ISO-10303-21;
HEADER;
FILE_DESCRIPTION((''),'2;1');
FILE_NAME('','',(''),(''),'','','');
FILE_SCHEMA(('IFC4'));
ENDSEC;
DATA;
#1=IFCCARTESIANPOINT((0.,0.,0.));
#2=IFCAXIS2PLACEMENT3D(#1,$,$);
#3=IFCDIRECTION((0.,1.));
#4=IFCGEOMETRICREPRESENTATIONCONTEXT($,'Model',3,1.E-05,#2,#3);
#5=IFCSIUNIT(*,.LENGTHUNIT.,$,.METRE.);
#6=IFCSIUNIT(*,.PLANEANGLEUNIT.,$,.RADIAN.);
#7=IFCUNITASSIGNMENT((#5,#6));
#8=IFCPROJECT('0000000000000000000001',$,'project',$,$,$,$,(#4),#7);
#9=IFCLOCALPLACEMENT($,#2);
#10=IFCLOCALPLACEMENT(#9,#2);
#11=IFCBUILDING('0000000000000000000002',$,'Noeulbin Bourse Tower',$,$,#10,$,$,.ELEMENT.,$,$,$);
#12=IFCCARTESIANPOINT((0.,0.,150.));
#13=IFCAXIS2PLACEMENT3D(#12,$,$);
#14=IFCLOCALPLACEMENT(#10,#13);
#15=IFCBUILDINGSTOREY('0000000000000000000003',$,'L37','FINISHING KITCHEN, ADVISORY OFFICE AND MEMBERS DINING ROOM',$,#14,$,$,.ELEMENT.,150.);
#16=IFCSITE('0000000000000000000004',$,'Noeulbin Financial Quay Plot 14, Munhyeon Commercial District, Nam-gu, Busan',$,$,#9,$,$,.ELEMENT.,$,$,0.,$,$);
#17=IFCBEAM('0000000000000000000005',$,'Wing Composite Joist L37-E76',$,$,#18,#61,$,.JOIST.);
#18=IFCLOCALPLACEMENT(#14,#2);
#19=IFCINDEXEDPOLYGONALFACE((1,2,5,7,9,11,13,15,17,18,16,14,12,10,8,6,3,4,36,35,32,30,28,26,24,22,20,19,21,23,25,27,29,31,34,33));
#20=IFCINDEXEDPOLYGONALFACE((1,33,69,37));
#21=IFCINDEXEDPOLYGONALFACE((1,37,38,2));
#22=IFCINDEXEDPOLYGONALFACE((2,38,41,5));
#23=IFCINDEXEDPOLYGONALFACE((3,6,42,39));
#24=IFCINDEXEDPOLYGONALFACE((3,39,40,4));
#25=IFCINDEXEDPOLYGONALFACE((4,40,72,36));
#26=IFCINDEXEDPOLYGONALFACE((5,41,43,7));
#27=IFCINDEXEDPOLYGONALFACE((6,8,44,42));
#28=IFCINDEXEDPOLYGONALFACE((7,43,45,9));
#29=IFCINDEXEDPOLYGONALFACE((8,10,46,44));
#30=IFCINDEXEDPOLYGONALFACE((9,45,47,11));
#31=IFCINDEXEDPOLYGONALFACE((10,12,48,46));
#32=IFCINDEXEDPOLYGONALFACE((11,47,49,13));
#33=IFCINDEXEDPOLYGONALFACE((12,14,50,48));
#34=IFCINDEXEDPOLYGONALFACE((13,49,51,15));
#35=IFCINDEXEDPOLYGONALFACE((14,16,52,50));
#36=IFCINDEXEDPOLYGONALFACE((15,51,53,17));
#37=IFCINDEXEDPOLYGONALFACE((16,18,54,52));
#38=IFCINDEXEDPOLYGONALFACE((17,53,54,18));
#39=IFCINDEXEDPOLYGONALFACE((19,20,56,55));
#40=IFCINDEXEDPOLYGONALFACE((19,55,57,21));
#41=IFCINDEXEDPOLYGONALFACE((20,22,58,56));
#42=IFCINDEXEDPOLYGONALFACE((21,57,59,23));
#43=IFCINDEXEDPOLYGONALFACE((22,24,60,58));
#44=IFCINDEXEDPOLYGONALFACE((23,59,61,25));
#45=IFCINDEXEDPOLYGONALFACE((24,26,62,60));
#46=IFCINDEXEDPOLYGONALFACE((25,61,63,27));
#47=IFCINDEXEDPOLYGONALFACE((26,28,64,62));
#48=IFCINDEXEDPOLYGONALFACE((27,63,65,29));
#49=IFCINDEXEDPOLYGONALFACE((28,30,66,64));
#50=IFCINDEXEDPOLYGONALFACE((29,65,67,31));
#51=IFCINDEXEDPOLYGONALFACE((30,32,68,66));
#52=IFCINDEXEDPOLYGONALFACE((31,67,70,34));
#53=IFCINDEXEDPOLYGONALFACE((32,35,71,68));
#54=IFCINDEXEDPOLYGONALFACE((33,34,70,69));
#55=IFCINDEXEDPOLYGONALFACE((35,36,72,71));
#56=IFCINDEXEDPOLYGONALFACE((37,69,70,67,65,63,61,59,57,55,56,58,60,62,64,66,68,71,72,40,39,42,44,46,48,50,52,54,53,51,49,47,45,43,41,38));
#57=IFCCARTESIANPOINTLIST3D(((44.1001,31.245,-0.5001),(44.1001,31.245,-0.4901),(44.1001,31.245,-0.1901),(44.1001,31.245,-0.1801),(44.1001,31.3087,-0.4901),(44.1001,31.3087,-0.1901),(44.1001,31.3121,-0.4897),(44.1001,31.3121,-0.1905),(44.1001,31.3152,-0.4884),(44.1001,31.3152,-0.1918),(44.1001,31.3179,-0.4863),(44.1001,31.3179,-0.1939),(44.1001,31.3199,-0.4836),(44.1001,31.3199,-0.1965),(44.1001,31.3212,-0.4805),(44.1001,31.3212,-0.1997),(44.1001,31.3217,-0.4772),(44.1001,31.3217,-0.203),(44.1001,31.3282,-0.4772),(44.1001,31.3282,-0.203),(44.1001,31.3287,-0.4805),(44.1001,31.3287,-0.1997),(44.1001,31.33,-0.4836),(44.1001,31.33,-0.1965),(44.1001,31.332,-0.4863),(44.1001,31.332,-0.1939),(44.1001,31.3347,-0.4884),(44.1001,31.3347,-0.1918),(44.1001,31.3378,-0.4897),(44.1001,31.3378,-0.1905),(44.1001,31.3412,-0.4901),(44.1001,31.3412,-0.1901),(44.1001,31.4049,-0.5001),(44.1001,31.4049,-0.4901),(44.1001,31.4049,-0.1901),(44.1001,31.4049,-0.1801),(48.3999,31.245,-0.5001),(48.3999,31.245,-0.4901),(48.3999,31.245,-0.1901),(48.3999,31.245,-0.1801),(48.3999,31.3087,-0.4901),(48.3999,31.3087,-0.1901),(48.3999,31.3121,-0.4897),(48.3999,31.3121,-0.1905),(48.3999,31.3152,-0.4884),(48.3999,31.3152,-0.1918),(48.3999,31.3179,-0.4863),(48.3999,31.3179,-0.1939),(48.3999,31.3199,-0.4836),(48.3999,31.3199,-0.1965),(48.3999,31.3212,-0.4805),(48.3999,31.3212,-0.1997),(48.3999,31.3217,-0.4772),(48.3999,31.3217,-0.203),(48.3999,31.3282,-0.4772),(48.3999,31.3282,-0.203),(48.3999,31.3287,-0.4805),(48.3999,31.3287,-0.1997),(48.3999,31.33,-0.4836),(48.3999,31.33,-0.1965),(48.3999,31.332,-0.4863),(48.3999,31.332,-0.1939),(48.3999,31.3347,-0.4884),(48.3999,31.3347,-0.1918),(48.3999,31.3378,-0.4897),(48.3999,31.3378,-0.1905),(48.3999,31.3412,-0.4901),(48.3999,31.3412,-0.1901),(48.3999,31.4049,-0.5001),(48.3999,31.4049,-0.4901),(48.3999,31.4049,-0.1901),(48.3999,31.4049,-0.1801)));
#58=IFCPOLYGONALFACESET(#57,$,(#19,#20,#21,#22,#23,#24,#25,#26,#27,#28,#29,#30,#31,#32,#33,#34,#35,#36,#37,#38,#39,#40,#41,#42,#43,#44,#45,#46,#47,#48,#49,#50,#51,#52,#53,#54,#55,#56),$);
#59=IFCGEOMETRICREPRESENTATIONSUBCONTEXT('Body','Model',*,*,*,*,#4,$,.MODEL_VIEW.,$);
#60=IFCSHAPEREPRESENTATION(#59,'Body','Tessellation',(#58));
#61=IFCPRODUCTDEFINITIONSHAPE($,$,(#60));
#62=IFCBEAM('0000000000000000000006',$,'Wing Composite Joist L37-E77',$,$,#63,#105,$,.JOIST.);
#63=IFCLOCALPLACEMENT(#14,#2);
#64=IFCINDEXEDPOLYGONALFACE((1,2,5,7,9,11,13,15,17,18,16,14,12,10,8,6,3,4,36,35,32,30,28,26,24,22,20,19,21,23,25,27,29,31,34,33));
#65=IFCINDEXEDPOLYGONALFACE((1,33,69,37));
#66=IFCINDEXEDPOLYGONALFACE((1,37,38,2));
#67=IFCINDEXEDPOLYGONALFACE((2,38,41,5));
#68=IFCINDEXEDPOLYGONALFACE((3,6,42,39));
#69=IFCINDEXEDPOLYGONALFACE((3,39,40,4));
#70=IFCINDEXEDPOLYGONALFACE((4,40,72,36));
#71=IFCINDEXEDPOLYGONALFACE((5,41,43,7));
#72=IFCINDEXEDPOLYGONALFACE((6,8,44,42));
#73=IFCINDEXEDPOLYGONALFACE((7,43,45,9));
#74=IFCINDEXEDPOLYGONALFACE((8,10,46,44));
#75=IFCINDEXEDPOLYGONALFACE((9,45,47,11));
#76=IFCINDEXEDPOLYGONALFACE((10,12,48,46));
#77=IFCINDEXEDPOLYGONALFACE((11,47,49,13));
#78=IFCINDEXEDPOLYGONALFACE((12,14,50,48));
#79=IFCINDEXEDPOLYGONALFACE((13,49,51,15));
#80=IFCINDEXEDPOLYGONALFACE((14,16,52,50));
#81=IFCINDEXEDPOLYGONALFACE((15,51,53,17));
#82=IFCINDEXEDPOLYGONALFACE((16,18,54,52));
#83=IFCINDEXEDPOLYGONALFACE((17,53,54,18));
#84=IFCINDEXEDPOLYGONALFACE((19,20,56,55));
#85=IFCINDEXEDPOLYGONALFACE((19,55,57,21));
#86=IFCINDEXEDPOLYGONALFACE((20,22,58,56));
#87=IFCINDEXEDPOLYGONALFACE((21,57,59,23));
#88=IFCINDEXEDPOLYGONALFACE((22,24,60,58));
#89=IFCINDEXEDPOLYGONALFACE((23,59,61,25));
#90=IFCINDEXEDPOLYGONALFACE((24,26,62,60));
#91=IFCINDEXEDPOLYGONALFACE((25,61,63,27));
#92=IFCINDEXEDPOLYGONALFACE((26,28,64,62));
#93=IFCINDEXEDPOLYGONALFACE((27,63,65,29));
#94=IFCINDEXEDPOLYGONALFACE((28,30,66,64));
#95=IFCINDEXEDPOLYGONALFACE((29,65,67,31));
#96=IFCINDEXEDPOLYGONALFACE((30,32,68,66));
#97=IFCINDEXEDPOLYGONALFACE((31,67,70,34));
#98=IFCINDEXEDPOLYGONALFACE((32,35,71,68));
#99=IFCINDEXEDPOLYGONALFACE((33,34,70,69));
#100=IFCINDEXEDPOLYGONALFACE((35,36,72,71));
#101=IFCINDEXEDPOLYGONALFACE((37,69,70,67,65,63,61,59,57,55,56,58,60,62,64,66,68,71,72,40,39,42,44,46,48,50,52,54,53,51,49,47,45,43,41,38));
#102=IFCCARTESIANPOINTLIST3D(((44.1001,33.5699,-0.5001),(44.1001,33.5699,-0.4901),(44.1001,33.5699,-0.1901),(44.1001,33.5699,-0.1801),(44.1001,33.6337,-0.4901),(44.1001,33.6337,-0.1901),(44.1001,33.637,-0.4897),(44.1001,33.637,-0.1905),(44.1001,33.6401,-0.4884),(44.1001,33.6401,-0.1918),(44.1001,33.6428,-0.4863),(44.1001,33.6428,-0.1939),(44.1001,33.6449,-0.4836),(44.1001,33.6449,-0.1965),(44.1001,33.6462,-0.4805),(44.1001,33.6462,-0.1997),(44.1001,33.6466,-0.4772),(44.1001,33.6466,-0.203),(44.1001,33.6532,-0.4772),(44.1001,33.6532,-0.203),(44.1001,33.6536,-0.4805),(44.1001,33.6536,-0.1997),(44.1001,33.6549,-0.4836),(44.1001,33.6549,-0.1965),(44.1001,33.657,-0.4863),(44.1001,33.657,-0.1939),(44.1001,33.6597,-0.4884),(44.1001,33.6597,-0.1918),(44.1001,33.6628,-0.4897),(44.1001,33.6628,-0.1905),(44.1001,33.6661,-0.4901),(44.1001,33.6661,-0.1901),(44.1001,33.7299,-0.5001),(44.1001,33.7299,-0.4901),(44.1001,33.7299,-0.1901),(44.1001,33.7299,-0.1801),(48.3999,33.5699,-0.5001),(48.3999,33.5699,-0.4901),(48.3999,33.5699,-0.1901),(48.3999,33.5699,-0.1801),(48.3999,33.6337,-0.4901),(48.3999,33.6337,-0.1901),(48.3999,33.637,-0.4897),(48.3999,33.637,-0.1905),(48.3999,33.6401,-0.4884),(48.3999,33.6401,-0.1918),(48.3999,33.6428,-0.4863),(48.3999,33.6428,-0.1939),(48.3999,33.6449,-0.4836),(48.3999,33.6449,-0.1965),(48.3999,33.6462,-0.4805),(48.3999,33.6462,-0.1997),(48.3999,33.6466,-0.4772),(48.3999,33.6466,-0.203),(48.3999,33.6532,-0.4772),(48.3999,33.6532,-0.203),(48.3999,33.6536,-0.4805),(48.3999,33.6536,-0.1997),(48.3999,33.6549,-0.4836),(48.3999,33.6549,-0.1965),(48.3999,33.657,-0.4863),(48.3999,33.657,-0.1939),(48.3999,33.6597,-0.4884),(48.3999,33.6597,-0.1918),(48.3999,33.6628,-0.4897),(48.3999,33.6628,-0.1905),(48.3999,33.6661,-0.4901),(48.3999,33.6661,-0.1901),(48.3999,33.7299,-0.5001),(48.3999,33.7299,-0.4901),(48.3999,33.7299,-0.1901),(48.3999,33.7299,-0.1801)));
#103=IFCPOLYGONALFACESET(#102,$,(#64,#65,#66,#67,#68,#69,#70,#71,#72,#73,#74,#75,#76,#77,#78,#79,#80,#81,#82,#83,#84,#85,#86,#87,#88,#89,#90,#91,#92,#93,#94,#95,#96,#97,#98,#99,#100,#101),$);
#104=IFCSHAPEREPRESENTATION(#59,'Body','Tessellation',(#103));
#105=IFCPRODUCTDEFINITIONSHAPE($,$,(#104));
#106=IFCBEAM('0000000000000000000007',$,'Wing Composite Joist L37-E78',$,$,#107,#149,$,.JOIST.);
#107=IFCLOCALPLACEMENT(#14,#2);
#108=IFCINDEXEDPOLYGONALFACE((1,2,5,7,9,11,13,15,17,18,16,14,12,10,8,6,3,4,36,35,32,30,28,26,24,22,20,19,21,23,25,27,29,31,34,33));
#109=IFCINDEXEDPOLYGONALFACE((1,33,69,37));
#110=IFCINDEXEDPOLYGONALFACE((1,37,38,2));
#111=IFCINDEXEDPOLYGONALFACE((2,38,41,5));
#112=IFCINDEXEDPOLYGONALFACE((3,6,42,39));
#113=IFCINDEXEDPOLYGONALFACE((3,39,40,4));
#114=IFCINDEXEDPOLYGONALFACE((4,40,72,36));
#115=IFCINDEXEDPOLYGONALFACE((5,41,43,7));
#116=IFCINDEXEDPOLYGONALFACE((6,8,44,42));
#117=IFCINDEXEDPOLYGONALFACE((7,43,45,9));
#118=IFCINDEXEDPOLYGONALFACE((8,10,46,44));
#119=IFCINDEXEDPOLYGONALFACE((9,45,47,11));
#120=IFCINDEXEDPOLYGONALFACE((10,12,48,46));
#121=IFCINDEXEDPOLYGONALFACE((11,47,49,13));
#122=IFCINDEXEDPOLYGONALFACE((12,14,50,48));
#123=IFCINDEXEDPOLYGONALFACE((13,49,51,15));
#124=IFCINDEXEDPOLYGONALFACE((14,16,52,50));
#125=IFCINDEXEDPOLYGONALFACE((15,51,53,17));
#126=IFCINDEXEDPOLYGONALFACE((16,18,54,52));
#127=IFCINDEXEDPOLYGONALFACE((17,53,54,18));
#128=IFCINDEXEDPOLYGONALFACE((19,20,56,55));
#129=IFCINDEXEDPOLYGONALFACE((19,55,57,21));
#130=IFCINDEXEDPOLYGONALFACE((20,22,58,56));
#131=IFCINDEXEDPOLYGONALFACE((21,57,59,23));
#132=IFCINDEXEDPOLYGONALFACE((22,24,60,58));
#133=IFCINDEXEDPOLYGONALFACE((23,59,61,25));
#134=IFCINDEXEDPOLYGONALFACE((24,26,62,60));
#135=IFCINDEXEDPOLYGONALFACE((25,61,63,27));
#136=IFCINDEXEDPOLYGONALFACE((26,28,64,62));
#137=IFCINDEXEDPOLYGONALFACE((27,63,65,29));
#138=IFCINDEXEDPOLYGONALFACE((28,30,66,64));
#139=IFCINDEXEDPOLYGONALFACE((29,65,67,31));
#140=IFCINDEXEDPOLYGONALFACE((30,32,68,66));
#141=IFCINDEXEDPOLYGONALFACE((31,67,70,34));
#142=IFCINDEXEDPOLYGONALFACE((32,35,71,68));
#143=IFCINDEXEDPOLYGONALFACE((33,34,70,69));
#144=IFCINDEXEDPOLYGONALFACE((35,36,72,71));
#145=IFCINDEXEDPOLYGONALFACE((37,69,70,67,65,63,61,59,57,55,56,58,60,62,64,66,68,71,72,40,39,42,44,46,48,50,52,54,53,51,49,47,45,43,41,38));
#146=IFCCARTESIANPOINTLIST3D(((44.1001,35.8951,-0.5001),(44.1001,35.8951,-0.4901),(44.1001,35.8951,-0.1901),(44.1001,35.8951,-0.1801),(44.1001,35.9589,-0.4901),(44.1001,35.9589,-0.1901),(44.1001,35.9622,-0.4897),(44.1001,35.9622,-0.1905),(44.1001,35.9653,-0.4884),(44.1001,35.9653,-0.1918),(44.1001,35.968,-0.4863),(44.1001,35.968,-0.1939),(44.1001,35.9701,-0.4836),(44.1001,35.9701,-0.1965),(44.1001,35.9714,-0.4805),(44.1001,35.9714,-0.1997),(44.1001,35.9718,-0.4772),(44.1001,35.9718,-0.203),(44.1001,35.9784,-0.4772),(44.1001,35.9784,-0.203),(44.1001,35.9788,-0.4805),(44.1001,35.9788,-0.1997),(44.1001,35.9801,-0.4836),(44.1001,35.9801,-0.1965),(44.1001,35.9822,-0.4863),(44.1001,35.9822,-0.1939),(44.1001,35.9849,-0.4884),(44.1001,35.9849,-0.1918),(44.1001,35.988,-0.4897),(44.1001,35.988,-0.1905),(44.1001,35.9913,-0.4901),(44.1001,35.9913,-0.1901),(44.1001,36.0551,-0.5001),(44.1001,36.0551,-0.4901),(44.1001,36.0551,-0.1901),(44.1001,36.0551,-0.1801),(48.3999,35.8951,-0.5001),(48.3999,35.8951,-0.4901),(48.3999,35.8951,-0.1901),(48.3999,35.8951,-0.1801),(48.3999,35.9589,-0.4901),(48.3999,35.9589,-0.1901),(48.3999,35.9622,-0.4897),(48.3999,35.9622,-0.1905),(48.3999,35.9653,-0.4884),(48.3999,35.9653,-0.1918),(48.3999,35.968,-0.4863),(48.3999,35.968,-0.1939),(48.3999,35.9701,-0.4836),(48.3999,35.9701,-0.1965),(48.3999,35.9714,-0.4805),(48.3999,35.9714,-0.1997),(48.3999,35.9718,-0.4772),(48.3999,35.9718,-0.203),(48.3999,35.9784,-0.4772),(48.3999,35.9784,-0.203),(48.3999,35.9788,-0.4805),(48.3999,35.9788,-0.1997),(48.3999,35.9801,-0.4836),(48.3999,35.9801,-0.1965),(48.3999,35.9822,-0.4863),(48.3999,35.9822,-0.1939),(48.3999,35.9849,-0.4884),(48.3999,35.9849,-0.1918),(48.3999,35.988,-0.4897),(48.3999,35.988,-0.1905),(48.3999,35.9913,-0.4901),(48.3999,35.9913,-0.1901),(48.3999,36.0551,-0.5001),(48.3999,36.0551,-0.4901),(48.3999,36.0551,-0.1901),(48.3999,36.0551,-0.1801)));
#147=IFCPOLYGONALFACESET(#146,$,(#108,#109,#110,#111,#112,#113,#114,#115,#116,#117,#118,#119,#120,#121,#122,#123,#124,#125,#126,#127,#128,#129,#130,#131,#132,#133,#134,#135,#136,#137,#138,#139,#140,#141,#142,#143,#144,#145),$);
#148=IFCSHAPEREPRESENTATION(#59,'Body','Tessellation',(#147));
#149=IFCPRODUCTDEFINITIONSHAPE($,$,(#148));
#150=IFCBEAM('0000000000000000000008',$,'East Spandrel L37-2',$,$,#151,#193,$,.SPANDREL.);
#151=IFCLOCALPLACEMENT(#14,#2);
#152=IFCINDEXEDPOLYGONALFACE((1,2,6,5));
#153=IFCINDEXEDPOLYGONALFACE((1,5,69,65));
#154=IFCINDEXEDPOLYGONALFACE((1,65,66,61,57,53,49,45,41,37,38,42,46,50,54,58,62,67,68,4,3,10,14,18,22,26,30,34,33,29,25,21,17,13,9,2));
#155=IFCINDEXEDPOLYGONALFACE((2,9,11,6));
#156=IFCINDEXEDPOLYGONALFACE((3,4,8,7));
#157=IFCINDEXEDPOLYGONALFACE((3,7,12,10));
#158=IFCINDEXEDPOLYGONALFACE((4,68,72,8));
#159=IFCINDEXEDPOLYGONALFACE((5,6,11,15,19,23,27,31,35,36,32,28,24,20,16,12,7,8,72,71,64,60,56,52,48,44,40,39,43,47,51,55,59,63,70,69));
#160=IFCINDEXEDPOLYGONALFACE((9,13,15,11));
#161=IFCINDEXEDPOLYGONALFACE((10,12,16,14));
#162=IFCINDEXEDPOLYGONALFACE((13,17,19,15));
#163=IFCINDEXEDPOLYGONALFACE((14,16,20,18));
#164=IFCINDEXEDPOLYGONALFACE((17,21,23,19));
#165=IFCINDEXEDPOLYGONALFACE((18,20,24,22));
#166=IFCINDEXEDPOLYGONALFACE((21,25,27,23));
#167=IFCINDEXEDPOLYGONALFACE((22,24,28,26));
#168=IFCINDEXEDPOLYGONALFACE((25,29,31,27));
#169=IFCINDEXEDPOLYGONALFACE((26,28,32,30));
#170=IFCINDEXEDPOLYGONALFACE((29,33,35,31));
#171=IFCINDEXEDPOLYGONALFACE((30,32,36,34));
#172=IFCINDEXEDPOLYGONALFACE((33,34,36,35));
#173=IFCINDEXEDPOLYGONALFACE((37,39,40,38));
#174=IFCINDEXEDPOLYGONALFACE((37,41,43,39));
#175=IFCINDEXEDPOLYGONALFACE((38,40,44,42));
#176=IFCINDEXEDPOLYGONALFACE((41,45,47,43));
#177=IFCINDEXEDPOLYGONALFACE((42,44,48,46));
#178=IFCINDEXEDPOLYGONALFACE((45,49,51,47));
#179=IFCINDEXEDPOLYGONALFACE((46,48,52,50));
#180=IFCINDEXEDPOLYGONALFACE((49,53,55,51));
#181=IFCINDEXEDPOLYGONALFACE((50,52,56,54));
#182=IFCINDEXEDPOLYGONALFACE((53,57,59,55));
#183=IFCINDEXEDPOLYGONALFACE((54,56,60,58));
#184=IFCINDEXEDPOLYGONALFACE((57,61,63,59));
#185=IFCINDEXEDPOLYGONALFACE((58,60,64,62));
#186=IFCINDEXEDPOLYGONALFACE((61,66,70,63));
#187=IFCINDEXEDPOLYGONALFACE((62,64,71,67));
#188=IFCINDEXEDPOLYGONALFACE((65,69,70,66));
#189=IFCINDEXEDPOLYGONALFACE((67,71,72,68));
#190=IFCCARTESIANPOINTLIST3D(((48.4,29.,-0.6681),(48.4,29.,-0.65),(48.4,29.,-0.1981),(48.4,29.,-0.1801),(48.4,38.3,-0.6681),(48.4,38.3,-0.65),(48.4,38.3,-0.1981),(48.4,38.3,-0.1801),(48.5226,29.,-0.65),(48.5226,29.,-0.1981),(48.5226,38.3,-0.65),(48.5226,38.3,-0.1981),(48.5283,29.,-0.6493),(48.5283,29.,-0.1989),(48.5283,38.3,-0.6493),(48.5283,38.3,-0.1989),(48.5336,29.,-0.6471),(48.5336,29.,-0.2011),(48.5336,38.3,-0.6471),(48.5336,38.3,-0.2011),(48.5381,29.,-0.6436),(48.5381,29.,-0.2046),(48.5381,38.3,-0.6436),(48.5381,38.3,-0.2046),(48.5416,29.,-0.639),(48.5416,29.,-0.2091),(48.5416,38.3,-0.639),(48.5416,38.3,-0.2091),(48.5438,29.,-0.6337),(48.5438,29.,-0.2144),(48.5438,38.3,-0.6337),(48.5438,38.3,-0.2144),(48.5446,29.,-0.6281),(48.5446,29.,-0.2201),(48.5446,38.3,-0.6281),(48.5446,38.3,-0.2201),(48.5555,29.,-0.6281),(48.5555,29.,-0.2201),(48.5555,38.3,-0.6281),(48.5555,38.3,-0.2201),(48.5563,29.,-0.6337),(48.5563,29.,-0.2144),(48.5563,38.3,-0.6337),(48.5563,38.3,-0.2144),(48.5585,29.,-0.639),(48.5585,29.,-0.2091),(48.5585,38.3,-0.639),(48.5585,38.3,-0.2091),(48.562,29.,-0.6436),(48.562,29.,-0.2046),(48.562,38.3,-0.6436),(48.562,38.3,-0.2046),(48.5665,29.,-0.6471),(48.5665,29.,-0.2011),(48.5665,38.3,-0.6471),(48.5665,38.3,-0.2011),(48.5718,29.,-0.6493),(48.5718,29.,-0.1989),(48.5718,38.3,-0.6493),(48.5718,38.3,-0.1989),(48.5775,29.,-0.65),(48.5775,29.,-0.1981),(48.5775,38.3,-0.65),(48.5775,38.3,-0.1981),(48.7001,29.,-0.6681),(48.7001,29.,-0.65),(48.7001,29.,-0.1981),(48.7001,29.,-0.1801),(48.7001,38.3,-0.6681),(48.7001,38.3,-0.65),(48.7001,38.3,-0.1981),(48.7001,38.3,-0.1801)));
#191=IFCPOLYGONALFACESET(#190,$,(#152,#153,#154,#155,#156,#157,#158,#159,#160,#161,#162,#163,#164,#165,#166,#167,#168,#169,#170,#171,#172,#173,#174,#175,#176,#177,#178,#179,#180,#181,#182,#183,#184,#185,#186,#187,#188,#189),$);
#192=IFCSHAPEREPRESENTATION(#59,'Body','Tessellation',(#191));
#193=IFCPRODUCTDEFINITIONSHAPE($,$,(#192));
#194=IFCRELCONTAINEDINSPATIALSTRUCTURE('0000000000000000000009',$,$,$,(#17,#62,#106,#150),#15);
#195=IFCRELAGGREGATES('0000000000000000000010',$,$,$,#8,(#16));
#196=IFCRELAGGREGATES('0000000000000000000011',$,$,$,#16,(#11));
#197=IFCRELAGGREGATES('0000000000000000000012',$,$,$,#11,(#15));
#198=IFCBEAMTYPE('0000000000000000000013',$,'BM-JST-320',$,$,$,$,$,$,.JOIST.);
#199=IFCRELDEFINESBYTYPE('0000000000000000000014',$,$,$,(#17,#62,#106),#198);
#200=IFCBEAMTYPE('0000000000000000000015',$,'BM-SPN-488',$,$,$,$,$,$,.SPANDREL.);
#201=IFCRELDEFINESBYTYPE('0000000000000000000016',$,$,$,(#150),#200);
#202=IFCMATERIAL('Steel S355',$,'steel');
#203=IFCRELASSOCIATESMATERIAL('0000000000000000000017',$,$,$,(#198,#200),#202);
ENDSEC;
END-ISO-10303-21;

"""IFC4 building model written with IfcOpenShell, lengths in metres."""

from ifc_helpers import new_model, si_unit, direction, frame, origin, origin_2d, place, context, subcontext, project, spatial, i_section, extrude, material, material_profile, profile_set, type_object, element, save


model = new_model("IFC4")

# Units and contexts
model_context = context("Model", 3, precision=1e-05, world=origin(), true_north=direction((0.0, 1.0)))
body_context = subcontext(model_context, "Body", "Model", "MODEL_VIEW")
ifc_project = project(units=[si_unit("LENGTHUNIT", "METRE"), si_unit("PLANEANGLEUNIT", "RADIAN")], contexts=[model_context])

# Site, building, storey
site_placement = place(None, origin())
site = spatial("IfcSite", under=ifc_project, at=site_placement, Name="Noeulbin Financial Quay Plot 14, Munhyeon Commercial District, Nam-gu, Busan", CompositionType="ELEMENT", RefElevation=0.0)
building_placement = place(site_placement, origin())
building = spatial("IfcBuilding", under=site, at=building_placement, Name="Noeulbin Bourse Tower", CompositionType="ELEMENT")
storey_placement = place(building_placement, frame((0.0, 0.0, 150.0)))
storey = spatial("IfcBuildingStorey", under=building, at=storey_placement, Name="L37", Description="FINISHING KITCHEN, ADVISORY OFFICE AND MEMBERS DINING ROOM", CompositionType="ELEMENT", Elevation=150.0)

# Shared definitions
ifc_material_1 = material(Name="Steel S355", Category="steel")

# Beams
ifc_material_profile_1 = material_profile(ifc_material_1, i_section(OverallWidth=0.1599, OverallDepth=0.3201, WebThickness=0.0066, FlangeThickness=0.01, FilletRadius=0.0129, at=origin_2d()), Name="H-320x160x6.5x10", Category="LoadBearing")
ifc_profile_set_1 = profile_set([ifc_material_profile_1], Name="Steel S355")
beam_type_1 = type_object("IfcBeamType", Name="BM-JST-320", PredefinedType="JOIST", material=ifc_profile_set_1)
for number, where, z_axis, x_axis, name in (
    (1, (44.1001, 31.325, -0.3401), (1.0, 0.0, 0.0), (0.0, 1.0, 0.0), "Wing Composite Joist L37-E76"),
    (2, (44.1001, 33.6499, -0.3401), (1.0, 0.0, 0.0), (0.0, 1.0, 0.0), "Wing Composite Joist L37-E77"),
    (3, (44.1001, 35.9751, -0.3401), (1.0, 0.0, 0.0), (0.0, 1.0, 0.0), "Wing Composite Joist L37-E78"),
):
    element("IfcBeam", number, at=place(storey_placement, frame(where, z_axis=z_axis, x_axis=x_axis)), inside=storey, type_object=beam_type_1, Name=name, PredefinedType="JOIST", context=body_context, shape_type="SweptSolid", body=[
        extrude(i_section(OverallWidth=0.1599, OverallDepth=0.3201, WebThickness=0.0066, FlangeThickness=0.01, FilletRadius=0.0129, at=origin_2d()), origin(), (0.0, 0.0, 1.0), 4.2998),
    ])
ifc_material_profile_2 = material_profile(ifc_material_1, i_section(OverallWidth=0.3, OverallDepth=0.488, WebThickness=0.011, FlangeThickness=0.0181, FilletRadius=0.022, at=origin_2d()), Name="H-488x300x11x18", Category="LoadBearing")
ifc_profile_set_2 = profile_set([ifc_material_profile_2], Name="Steel S355")
beam_type_2 = type_object("IfcBeamType", Name="BM-SPN-488", PredefinedType="SPANDREL", material=ifc_profile_set_2)
beam_1_placement = place(storey_placement, frame((48.55, 29.0, -0.4241), z_axis=(0.0, 1.0, 0.0), x_axis=(-1.0, 0.0, 0.0)))
element("IfcBeam", 4, at=beam_1_placement, inside=storey, type_object=beam_type_2, Name="East Spandrel L37-2", PredefinedType="SPANDREL", context=body_context, shape_type="SweptSolid", body=[
    extrude(i_section(OverallWidth=0.3, OverallDepth=0.488, WebThickness=0.011, FlangeThickness=0.0181, FilletRadius=0.022, at=origin_2d()), origin(), (0.0, 0.0, 1.0), 9.3),
])

save(model, "model.ifc")
